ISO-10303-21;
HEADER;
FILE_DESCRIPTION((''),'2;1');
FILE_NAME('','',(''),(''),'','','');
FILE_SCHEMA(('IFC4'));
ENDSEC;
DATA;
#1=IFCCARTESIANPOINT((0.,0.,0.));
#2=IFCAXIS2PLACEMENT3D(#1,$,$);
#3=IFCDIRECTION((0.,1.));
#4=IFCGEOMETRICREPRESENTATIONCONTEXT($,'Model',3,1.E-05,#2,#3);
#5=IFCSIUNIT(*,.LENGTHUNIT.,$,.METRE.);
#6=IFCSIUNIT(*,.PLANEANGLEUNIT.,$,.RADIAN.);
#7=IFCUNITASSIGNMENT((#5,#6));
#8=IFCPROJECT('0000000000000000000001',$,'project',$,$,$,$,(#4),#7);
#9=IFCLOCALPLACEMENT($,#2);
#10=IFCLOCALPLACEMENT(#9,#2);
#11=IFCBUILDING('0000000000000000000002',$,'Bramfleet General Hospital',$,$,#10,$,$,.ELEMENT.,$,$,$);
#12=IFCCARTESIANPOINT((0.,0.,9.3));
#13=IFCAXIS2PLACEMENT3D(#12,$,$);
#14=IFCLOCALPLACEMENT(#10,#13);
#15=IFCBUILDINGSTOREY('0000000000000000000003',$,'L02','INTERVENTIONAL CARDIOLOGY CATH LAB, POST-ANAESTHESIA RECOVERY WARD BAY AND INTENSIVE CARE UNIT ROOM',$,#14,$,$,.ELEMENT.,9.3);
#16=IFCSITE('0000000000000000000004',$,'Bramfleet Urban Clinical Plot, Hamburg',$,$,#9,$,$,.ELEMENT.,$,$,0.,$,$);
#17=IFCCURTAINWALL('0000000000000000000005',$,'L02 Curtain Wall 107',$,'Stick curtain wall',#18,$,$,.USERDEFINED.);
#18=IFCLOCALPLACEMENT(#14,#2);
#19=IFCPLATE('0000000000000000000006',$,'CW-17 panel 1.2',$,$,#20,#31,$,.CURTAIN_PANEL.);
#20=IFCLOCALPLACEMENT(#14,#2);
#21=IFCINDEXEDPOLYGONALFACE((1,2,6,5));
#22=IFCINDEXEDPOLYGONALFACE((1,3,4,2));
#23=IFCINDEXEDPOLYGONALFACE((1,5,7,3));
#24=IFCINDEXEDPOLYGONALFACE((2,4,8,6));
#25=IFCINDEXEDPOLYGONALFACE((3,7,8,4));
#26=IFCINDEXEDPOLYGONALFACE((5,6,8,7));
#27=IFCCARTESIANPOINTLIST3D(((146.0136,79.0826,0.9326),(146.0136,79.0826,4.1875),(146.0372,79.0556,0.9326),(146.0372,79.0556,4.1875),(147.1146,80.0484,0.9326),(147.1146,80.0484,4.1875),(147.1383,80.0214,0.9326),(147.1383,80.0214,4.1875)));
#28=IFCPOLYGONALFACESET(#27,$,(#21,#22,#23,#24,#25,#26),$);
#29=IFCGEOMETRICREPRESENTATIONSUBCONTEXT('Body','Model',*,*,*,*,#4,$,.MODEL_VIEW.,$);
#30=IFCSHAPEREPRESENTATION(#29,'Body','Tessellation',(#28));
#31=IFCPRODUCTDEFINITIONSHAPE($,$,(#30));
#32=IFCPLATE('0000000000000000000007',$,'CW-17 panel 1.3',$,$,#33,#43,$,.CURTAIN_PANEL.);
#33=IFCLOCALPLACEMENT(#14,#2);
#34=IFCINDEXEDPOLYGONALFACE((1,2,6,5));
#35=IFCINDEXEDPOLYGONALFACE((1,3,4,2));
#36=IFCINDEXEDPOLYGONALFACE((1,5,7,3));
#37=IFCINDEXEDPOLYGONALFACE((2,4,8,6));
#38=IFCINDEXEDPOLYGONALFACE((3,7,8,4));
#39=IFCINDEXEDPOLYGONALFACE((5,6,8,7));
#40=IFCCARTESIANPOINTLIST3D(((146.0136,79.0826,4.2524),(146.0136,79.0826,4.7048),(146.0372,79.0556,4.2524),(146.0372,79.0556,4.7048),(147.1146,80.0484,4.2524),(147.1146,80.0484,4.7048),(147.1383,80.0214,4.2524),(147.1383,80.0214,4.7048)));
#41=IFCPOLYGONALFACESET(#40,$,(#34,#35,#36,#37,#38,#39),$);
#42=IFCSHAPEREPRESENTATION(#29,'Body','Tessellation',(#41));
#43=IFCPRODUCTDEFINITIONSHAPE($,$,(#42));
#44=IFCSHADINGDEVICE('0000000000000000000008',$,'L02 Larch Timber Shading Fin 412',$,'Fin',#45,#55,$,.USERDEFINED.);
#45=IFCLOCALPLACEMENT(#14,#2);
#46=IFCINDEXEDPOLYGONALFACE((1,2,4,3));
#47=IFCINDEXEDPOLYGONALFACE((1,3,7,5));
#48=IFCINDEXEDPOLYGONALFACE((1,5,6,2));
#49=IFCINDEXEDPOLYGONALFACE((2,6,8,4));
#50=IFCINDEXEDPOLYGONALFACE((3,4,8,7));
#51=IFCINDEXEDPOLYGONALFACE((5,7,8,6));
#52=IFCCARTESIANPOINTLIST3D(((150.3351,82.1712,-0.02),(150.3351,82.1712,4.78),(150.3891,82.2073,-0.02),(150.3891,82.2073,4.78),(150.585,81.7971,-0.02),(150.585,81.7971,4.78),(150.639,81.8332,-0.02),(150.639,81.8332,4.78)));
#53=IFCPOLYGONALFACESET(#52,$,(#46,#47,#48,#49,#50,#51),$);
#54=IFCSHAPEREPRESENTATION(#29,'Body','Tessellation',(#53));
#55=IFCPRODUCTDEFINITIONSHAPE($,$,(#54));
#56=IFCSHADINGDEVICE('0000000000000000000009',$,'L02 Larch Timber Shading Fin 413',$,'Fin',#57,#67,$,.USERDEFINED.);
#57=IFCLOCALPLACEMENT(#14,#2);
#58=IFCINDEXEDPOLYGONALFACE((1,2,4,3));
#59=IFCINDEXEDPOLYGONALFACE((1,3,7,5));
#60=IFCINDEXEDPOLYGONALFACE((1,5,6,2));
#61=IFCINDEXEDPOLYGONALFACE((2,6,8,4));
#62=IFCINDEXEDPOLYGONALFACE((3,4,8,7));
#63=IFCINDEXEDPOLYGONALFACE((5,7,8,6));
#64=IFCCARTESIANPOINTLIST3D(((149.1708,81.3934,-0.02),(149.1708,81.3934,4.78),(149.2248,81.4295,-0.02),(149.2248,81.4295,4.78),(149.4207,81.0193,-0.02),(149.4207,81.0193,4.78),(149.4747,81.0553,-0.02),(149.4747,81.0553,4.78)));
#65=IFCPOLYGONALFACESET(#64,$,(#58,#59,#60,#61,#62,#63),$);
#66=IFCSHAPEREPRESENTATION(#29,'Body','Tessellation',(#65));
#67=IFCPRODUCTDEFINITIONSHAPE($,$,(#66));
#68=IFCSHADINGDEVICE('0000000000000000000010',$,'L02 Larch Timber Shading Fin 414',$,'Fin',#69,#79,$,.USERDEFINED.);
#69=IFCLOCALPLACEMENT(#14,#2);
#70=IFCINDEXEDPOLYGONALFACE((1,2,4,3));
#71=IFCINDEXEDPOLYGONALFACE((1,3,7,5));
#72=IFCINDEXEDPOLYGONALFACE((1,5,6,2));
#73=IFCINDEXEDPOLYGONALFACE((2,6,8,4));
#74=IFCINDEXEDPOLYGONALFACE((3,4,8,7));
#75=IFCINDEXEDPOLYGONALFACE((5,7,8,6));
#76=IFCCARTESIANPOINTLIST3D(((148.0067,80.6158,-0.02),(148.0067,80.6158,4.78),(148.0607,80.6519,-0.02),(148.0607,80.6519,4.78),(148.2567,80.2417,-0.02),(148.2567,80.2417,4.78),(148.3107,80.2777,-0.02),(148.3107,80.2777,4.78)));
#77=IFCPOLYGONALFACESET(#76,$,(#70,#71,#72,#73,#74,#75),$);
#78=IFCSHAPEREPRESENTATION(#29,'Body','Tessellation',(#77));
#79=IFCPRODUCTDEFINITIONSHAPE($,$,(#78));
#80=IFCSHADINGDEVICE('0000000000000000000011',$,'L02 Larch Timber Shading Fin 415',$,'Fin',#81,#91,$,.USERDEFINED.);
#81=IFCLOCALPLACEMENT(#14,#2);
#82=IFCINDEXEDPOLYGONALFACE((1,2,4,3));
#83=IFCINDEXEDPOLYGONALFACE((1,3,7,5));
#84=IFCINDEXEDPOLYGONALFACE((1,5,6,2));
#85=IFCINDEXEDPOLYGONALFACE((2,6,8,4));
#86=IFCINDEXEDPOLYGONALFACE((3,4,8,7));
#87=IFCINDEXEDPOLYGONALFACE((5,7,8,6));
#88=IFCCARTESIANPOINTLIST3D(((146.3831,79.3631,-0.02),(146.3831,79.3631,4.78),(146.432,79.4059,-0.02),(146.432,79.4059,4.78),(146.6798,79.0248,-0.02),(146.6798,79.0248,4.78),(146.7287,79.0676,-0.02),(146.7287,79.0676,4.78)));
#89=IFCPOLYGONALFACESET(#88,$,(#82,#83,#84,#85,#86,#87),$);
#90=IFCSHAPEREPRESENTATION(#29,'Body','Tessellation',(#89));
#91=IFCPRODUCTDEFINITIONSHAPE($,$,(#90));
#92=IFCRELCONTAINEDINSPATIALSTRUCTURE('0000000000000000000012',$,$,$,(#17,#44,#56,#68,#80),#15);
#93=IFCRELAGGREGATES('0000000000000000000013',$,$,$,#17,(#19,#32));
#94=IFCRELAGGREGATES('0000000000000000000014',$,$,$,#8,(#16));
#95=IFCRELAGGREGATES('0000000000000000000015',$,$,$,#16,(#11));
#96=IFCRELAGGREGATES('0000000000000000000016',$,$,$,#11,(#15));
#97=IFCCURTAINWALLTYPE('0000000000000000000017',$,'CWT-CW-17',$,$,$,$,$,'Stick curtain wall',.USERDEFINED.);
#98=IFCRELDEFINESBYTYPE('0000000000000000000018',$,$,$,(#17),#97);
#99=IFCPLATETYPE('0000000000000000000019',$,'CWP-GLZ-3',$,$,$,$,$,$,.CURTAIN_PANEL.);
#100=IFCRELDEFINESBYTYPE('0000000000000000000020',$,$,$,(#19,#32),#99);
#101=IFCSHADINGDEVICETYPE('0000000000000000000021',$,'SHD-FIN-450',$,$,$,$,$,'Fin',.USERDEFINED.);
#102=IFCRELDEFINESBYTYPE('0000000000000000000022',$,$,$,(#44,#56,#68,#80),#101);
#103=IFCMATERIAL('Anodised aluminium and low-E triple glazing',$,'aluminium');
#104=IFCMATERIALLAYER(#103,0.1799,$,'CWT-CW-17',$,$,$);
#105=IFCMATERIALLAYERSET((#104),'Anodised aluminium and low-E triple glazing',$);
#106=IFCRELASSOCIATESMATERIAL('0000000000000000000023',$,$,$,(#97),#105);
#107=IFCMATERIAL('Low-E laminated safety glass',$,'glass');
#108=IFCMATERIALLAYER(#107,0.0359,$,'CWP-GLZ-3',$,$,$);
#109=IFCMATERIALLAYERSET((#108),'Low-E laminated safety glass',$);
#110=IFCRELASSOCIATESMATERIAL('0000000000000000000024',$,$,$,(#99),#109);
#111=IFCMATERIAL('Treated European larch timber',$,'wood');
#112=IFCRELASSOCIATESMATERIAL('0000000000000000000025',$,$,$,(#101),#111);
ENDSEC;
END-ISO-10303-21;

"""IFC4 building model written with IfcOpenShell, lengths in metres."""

from ifc_helpers import new_model, si_unit, direction, frame, origin, origin_2d, place, context, subcontext, project, spatial, rectangle, extrude, material, layer, layer_set, material_profile, profile_set, type_object, element, aggregate, save


model = new_model("IFC4")

# Units and contexts
model_context = context("Model", 3, precision=1e-05, world=origin(), true_north=direction((0.0, 1.0)))
body_context = subcontext(model_context, "Body", "Model", "MODEL_VIEW")
ifc_project = project(units=[si_unit("LENGTHUNIT", "METRE"), si_unit("PLANEANGLEUNIT", "RADIAN")], contexts=[model_context])

# Site, building, storey
site_placement = place(None, origin())
site = spatial("IfcSite", under=ifc_project, at=site_placement, Name="Bramfleet Urban Clinical Plot, Hamburg", CompositionType="ELEMENT", RefElevation=0.0)
building_placement = place(site_placement, origin())
building = spatial("IfcBuilding", under=site, at=building_placement, Name="Bramfleet General Hospital", CompositionType="ELEMENT")
storey_placement = place(building_placement, frame((0.0, 0.0, 9.3)))
storey = spatial("IfcBuildingStorey", under=building, at=storey_placement, Name="L02", Description="INTERVENTIONAL CARDIOLOGY CATH LAB, POST-ANAESTHESIA RECOVERY WARD BAY AND INTENSIVE CARE UNIT ROOM", CompositionType="ELEMENT", Elevation=9.3)

# Curtain wall
ifc_material_1 = material(Name="Anodised aluminium and low-E triple glazing", Category="aluminium")
ifc_layer_1 = layer(ifc_material_1, 0.1799, Name="CWT-CW-17")
ifc_layer_set_1 = layer_set([ifc_layer_1], Name="Anodised aluminium and low-E triple glazing")
curtain_wall_type_1 = type_object("IfcCurtainWallType", Name="CWT-CW-17", ElementType="Stick curtain wall", PredefinedType="USERDEFINED", material=ifc_layer_set_1)
curtain_wall_1_placement = place(storey_placement, origin())
curtain_wall_1 = element("IfcCurtainWall", 1, at=curtain_wall_1_placement, inside=storey, type_object=curtain_wall_type_1, Name="L02 Curtain Wall 107", ObjectType="Stick curtain wall", PredefinedType="USERDEFINED")

# Plates
ifc_material_2 = material(Name="Low-E laminated safety glass", Category="glass")
ifc_layer_2 = layer(ifc_material_2, 0.0359, Name="CWP-GLZ-3")
ifc_layer_set_2 = layer_set([ifc_layer_2], Name="Low-E laminated safety glass")
plate_type_1 = type_object("IfcPlateType", Name="CWP-GLZ-3", PredefinedType="CURTAIN_PANEL", material=ifc_layer_set_2)
plate_1_placement = place(storey_placement, frame((146.5759, 79.552, 0.9326), z_axis=(0.0, 0.0, 1.0), x_axis=(-0.751787, -0.659406, 0.0)))
plate_1 = element("IfcPlate", 2, at=plate_1_placement, type_object=plate_type_1, Name="CW-17 panel 1.2", PredefinedType="CURTAIN_PANEL", context=body_context, shape_type="SweptSolid", body=[
    extrude(rectangle(XDim=1.4646, YDim=0.0359, at=origin_2d()), origin(), (0.0, 0.0, 1.0), 3.2549),
])
plate_2_placement = place(storey_placement, frame((146.5759, 79.552, 4.2524), z_axis=(0.0, 0.0, 1.0), x_axis=(-0.751787, -0.659406, 0.0)))
plate_2 = element("IfcPlate", 3, at=plate_2_placement, type_object=plate_type_1, Name="CW-17 panel 1.3", PredefinedType="CURTAIN_PANEL", context=body_context, shape_type="SweptSolid", body=[
    extrude(rectangle(XDim=1.4646, YDim=0.0359, at=origin_2d()), origin(), (0.0, 0.0, 1.0), 0.4524),
])
aggregate(curtain_wall_1, [plate_1, plate_2])

# Shading devices
ifc_material_3 = material(Name="Treated European larch timber", Category="wood")
ifc_material_profile_1 = material_profile(ifc_material_3, rectangle(XDim=0.0649, YDim=0.45, at=origin_2d()), Name="LARCH FIN 450x65")
ifc_profile_set_1 = profile_set([ifc_material_profile_1], Name="Treated European larch timber")
shading_device_type = type_object("IfcShadingDeviceType", Name="SHD-FIN-450", ElementType="Fin", PredefinedType="USERDEFINED", material=ifc_profile_set_1)
for number, where, z_axis, x_axis, name in (
    (4, (150.4871, 82.0022, -0.02), (0.0, 0.0, 1.0), (-0.831541, -0.555464, 0.0), "L02 Larch Timber Shading Fin 412"),
    (5, (149.3228, 81.2244, -0.02), (0.0, 0.0, 1.0), (-0.831541, -0.555464, 0.0), "L02 Larch Timber Shading Fin 413"),
    (6, (148.1587, 80.4468, -0.02), (0.0, 0.0, 1.0), (-0.831541, -0.555464, 0.0), "L02 Larch Timber Shading Fin 414"),
    (7, (146.5559, 79.2153, -0.02), (0.0, 0.0, 1.0), (-0.751787, -0.659406, 0.0), "L02 Larch Timber Shading Fin 415"),
):
    element("IfcShadingDevice", number, at=place(storey_placement, frame(where, z_axis=z_axis, x_axis=x_axis)), inside=storey, type_object=shading_device_type, Name=name, ObjectType="Fin", PredefinedType="USERDEFINED", context=body_context, shape_type="SweptSolid", body=[
        extrude(rectangle(XDim=0.0649, YDim=0.45, at=origin_2d()), origin(), (0.0, 0.0, 1.0), 4.8),
    ])

save(model, "model.ifc")
